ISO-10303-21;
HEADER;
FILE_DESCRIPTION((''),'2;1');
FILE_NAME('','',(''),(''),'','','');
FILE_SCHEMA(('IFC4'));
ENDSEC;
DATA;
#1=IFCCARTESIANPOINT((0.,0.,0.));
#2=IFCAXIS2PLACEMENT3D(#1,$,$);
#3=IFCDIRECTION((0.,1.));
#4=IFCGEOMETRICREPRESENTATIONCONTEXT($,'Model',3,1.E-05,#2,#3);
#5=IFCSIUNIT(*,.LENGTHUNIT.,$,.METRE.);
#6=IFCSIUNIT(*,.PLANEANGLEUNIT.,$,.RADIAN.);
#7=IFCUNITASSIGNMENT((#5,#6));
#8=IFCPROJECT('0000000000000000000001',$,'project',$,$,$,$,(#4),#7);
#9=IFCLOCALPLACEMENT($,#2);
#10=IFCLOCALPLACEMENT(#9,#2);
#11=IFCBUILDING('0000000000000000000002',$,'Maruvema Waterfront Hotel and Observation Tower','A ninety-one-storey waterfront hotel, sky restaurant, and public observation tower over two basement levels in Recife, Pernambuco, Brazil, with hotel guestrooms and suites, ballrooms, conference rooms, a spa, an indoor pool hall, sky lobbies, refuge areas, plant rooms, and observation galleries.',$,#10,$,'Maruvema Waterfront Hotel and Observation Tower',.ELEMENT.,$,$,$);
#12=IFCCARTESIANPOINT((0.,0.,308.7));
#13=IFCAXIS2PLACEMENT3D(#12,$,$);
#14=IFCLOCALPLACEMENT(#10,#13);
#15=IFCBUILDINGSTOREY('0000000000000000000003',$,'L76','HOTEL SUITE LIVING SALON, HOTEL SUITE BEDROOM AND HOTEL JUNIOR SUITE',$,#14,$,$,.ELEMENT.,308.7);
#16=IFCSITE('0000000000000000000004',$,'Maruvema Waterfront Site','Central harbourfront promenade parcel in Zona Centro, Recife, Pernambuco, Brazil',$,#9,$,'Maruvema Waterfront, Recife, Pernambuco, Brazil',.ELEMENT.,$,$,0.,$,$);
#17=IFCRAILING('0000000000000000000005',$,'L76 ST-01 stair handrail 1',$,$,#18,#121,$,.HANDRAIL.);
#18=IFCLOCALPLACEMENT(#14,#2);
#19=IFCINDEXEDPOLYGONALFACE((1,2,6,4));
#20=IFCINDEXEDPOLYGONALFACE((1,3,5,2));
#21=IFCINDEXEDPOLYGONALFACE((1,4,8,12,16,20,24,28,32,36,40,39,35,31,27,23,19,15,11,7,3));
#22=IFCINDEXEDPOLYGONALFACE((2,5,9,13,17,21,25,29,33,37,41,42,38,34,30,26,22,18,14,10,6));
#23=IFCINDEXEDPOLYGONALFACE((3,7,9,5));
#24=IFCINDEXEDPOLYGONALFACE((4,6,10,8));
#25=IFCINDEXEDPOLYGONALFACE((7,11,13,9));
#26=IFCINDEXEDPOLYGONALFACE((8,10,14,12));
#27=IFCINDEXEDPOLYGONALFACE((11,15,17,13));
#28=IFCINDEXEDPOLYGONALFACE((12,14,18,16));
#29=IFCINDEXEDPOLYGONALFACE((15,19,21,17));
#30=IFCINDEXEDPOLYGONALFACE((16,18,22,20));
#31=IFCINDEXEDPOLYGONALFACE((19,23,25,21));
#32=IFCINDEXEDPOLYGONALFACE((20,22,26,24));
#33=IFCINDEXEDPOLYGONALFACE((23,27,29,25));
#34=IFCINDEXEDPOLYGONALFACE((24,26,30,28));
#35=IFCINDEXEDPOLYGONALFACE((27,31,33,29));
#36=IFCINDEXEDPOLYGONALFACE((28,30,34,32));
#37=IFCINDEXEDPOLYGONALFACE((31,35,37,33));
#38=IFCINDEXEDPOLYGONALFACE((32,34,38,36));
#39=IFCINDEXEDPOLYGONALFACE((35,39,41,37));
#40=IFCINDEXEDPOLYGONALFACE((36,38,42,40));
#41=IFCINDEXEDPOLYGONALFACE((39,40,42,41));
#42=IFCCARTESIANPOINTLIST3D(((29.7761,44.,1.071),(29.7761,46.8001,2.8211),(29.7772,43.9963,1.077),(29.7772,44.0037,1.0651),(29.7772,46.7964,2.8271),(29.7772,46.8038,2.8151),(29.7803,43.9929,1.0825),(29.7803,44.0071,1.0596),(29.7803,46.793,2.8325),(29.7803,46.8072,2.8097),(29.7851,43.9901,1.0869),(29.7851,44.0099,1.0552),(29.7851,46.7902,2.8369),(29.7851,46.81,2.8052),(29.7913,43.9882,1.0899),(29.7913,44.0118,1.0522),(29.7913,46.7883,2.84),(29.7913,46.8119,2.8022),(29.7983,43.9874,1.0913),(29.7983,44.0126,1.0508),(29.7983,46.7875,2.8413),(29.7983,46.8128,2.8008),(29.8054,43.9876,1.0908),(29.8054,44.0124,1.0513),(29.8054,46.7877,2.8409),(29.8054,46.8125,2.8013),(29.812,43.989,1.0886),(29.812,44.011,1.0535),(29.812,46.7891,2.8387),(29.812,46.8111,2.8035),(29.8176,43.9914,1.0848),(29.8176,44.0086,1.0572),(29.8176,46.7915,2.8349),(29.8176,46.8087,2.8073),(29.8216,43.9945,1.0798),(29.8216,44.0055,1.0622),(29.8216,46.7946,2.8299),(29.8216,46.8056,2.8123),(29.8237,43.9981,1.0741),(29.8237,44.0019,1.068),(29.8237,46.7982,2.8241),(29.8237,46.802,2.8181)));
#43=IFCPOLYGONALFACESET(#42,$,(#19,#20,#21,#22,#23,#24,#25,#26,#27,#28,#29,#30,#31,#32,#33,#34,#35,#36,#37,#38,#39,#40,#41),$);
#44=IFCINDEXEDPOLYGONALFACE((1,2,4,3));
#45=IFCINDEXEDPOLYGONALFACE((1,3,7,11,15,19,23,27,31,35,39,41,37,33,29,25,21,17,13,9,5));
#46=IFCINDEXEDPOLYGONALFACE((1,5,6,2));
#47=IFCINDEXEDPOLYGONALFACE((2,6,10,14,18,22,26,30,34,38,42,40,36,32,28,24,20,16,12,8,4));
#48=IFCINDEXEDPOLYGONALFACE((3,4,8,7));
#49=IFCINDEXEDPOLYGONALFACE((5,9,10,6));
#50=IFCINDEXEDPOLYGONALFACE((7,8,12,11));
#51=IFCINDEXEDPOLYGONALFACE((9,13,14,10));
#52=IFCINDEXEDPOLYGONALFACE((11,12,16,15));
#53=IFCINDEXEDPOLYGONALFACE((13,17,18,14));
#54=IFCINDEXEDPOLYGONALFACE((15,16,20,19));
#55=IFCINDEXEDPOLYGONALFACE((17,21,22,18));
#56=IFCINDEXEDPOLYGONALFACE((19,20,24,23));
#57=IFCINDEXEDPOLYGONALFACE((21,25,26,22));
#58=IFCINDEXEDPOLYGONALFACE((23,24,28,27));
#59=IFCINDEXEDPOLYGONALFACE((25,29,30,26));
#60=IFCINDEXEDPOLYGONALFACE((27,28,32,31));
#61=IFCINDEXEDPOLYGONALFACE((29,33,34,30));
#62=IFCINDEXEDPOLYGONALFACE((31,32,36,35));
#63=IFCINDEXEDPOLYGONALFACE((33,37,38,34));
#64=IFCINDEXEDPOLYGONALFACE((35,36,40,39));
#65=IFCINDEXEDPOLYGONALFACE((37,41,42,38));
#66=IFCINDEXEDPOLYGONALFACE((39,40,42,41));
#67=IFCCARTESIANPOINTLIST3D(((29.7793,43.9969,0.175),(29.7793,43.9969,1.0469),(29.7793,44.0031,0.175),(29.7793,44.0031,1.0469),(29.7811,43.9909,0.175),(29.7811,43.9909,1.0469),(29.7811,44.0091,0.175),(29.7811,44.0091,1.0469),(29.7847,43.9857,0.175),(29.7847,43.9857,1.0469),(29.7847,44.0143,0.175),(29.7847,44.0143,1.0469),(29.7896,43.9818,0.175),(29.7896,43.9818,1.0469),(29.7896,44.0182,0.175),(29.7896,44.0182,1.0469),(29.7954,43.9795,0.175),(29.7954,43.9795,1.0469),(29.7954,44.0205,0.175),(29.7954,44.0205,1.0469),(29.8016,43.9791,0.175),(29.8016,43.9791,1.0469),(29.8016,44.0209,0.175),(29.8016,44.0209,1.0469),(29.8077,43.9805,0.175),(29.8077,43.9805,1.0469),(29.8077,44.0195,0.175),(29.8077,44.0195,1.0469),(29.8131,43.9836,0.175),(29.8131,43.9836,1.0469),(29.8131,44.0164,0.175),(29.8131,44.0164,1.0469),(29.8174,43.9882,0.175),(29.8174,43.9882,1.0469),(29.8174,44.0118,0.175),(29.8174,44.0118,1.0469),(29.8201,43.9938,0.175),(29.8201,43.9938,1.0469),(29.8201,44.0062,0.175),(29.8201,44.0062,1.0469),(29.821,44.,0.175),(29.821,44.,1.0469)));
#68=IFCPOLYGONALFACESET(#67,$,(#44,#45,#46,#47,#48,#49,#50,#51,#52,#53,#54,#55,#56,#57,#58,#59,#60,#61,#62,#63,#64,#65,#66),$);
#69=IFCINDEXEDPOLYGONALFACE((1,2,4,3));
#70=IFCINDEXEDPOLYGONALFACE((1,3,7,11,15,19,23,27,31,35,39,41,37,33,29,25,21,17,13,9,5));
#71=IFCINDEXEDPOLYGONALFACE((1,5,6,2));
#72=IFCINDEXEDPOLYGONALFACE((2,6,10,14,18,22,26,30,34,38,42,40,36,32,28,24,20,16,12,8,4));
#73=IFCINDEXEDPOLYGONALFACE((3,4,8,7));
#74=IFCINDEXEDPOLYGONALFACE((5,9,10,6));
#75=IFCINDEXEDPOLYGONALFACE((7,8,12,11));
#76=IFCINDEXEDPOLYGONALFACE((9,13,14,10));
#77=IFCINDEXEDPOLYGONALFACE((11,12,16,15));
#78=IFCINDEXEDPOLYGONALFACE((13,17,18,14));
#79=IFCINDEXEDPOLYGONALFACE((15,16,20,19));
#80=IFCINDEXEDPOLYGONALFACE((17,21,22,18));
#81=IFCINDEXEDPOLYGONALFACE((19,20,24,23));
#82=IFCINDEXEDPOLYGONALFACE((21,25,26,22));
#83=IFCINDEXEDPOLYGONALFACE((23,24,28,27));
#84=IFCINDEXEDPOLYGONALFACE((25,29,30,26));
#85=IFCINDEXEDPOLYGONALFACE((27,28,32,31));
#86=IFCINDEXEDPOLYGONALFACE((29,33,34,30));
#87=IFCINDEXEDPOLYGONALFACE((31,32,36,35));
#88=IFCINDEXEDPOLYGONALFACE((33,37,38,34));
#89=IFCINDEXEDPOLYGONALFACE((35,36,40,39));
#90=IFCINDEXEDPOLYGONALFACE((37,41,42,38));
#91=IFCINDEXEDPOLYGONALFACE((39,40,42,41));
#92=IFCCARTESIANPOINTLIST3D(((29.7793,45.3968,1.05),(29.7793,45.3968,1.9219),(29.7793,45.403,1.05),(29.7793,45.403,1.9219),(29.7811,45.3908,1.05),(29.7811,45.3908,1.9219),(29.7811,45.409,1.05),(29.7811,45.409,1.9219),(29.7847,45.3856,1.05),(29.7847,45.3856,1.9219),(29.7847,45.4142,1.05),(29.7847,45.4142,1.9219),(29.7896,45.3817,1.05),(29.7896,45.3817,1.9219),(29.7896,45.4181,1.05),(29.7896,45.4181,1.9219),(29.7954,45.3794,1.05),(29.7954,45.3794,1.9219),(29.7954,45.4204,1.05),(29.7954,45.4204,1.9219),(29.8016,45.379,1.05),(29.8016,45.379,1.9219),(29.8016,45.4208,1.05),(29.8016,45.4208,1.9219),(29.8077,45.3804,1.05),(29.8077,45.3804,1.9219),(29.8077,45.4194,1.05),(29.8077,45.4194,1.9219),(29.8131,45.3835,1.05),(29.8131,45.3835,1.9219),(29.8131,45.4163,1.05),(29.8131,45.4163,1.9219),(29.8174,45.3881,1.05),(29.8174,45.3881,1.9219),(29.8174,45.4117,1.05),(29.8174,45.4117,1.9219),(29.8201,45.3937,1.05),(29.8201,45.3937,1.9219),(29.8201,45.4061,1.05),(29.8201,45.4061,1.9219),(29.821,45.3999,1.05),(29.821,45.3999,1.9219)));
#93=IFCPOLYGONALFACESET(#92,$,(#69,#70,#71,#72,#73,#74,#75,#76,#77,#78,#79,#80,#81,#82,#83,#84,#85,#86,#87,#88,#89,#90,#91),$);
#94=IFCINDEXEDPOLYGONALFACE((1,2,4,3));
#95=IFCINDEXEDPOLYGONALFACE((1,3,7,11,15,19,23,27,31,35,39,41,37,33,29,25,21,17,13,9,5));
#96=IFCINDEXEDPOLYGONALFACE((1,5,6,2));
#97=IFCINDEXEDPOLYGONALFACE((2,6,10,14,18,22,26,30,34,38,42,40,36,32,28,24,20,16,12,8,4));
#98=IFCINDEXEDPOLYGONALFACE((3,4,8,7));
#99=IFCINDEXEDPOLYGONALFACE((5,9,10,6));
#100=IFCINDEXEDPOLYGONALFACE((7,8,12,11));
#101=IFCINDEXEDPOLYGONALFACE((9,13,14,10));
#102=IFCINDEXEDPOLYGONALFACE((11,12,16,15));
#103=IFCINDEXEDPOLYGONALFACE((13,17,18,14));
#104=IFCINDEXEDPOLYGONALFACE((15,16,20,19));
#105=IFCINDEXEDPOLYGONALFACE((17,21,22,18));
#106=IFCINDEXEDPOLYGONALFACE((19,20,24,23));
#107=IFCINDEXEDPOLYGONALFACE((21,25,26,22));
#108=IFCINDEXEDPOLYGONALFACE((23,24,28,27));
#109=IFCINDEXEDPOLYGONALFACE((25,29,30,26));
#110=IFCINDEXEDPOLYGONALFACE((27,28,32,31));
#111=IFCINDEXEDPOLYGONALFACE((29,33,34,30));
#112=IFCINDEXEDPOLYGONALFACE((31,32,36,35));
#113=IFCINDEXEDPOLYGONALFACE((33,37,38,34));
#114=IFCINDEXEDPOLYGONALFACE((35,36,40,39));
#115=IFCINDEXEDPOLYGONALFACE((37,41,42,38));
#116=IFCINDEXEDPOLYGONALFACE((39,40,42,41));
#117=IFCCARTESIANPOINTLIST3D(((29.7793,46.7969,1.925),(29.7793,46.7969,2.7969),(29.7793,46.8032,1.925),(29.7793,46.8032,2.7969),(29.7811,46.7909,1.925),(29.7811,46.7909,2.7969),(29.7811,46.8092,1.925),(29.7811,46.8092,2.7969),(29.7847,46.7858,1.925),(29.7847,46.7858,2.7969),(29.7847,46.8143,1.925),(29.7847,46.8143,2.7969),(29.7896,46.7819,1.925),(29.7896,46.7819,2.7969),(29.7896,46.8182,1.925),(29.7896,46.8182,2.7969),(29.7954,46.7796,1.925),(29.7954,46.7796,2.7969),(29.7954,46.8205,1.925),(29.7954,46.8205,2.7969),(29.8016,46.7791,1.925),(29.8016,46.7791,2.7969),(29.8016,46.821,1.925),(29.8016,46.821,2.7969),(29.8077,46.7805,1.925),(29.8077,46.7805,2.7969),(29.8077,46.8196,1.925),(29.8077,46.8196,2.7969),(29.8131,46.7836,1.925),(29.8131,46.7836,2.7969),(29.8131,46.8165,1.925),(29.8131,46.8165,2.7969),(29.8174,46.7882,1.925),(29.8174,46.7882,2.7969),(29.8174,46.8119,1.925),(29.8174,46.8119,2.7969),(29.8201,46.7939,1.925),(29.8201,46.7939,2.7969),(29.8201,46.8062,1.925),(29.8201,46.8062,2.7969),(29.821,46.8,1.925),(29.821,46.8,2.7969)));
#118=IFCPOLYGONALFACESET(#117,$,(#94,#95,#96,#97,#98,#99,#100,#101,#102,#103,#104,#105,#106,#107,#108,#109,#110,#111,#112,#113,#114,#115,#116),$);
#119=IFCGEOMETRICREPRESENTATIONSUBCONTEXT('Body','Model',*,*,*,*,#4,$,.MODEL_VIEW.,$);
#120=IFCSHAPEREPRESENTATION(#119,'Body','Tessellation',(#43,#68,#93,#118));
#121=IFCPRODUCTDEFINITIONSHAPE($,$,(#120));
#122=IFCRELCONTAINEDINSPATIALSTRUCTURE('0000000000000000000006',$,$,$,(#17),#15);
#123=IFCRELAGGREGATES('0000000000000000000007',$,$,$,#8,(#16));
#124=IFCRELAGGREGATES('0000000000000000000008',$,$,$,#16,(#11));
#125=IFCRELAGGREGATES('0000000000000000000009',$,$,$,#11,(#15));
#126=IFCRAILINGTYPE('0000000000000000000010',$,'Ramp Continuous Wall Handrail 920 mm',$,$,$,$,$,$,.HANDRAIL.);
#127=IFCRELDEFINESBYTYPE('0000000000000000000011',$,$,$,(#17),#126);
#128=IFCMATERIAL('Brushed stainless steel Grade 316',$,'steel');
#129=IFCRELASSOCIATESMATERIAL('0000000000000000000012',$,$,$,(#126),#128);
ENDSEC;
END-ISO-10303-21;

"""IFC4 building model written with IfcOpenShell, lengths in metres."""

from ifc_helpers import new_model, si_unit, direction, frame, origin, origin_2d, place, context, subcontext, project, spatial, circle, extrude, material, type_object, element, save


model = new_model("IFC4")

# Units and contexts
model_context = context("Model", 3, precision=1e-05, world=origin(), true_north=direction((0.0, 1.0)))
body_context = subcontext(model_context, "Body", "Model", "MODEL_VIEW")
ifc_project = project(units=[si_unit("LENGTHUNIT", "METRE"), si_unit("PLANEANGLEUNIT", "RADIAN")], contexts=[model_context])

# Site, building, storey
site_placement = place(None, origin())
site = spatial("IfcSite", under=ifc_project, at=site_placement, Name="Maruvema Waterfront Site", Description="Central harbourfront promenade parcel in Zona Centro, Recife, Pernambuco, Brazil", LongName="Maruvema Waterfront, Recife, Pernambuco, Brazil", CompositionType="ELEMENT", RefElevation=0.0)
building_placement = place(site_placement, origin())
building = spatial("IfcBuilding", under=site, at=building_placement, Name="Maruvema Waterfront Hotel and Observation Tower", Description="A ninety-one-storey waterfront hotel, sky restaurant, and public observation tower over two basement levels in Recife, Pernambuco, Brazil, with hotel guestrooms and suites, ballrooms, conference rooms, a spa, an indoor pool hall, sky lobbies, refuge areas, plant rooms, and observation galleries.", LongName="Maruvema Waterfront Hotel and Observation Tower", CompositionType="ELEMENT")
storey_placement = place(building_placement, frame((0.0, 0.0, 308.7)))
storey = spatial("IfcBuildingStorey", under=building, at=storey_placement, Name="L76", Description="HOTEL SUITE LIVING SALON, HOTEL SUITE BEDROOM AND HOTEL JUNIOR SUITE", CompositionType="ELEMENT", Elevation=308.7)

# Railing
ifc_material_1 = material(Name="Brushed stainless steel Grade 316", Category="steel")
railing_type_1 = type_object("IfcRailingType", Name="Ramp Continuous Wall Handrail 920 mm", PredefinedType="HANDRAIL", material=ifc_material_1)
railing_1_placement = place(storey_placement, frame((29.8, 44.0, 0.175)))
element("IfcRailing", 1, at=railing_1_placement, inside=storey, type_object=railing_type_1, Name="L76 ST-01 stair handrail 1", PredefinedType="HANDRAIL", context=body_context, shape_type="SweptSolid", body=[
    extrude(circle(Radius=0.0239, at=origin_2d()), frame((0.0, 0.0, 0.896), z_axis=(0.0, 0.848002, 0.529992), x_axis=(-1.0, 0.0, 0.0)), (0.0, 0.0, 1.0), 3.302),
    extrude(circle(Radius=0.021, at=origin_2d()), origin(), (0.0, 0.0, 1.0), 0.8718),
    extrude(circle(Radius=0.021, at=origin_2d()), frame((0.0, 1.3999, 0.875)), (0.0, 0.0, 1.0), 0.8718),
    extrude(circle(Radius=0.021, at=origin_2d()), frame((0.0, 2.8, 1.75)), (0.0, 0.0, 1.0), 0.8718),
])

save(model, "model.ifc")
